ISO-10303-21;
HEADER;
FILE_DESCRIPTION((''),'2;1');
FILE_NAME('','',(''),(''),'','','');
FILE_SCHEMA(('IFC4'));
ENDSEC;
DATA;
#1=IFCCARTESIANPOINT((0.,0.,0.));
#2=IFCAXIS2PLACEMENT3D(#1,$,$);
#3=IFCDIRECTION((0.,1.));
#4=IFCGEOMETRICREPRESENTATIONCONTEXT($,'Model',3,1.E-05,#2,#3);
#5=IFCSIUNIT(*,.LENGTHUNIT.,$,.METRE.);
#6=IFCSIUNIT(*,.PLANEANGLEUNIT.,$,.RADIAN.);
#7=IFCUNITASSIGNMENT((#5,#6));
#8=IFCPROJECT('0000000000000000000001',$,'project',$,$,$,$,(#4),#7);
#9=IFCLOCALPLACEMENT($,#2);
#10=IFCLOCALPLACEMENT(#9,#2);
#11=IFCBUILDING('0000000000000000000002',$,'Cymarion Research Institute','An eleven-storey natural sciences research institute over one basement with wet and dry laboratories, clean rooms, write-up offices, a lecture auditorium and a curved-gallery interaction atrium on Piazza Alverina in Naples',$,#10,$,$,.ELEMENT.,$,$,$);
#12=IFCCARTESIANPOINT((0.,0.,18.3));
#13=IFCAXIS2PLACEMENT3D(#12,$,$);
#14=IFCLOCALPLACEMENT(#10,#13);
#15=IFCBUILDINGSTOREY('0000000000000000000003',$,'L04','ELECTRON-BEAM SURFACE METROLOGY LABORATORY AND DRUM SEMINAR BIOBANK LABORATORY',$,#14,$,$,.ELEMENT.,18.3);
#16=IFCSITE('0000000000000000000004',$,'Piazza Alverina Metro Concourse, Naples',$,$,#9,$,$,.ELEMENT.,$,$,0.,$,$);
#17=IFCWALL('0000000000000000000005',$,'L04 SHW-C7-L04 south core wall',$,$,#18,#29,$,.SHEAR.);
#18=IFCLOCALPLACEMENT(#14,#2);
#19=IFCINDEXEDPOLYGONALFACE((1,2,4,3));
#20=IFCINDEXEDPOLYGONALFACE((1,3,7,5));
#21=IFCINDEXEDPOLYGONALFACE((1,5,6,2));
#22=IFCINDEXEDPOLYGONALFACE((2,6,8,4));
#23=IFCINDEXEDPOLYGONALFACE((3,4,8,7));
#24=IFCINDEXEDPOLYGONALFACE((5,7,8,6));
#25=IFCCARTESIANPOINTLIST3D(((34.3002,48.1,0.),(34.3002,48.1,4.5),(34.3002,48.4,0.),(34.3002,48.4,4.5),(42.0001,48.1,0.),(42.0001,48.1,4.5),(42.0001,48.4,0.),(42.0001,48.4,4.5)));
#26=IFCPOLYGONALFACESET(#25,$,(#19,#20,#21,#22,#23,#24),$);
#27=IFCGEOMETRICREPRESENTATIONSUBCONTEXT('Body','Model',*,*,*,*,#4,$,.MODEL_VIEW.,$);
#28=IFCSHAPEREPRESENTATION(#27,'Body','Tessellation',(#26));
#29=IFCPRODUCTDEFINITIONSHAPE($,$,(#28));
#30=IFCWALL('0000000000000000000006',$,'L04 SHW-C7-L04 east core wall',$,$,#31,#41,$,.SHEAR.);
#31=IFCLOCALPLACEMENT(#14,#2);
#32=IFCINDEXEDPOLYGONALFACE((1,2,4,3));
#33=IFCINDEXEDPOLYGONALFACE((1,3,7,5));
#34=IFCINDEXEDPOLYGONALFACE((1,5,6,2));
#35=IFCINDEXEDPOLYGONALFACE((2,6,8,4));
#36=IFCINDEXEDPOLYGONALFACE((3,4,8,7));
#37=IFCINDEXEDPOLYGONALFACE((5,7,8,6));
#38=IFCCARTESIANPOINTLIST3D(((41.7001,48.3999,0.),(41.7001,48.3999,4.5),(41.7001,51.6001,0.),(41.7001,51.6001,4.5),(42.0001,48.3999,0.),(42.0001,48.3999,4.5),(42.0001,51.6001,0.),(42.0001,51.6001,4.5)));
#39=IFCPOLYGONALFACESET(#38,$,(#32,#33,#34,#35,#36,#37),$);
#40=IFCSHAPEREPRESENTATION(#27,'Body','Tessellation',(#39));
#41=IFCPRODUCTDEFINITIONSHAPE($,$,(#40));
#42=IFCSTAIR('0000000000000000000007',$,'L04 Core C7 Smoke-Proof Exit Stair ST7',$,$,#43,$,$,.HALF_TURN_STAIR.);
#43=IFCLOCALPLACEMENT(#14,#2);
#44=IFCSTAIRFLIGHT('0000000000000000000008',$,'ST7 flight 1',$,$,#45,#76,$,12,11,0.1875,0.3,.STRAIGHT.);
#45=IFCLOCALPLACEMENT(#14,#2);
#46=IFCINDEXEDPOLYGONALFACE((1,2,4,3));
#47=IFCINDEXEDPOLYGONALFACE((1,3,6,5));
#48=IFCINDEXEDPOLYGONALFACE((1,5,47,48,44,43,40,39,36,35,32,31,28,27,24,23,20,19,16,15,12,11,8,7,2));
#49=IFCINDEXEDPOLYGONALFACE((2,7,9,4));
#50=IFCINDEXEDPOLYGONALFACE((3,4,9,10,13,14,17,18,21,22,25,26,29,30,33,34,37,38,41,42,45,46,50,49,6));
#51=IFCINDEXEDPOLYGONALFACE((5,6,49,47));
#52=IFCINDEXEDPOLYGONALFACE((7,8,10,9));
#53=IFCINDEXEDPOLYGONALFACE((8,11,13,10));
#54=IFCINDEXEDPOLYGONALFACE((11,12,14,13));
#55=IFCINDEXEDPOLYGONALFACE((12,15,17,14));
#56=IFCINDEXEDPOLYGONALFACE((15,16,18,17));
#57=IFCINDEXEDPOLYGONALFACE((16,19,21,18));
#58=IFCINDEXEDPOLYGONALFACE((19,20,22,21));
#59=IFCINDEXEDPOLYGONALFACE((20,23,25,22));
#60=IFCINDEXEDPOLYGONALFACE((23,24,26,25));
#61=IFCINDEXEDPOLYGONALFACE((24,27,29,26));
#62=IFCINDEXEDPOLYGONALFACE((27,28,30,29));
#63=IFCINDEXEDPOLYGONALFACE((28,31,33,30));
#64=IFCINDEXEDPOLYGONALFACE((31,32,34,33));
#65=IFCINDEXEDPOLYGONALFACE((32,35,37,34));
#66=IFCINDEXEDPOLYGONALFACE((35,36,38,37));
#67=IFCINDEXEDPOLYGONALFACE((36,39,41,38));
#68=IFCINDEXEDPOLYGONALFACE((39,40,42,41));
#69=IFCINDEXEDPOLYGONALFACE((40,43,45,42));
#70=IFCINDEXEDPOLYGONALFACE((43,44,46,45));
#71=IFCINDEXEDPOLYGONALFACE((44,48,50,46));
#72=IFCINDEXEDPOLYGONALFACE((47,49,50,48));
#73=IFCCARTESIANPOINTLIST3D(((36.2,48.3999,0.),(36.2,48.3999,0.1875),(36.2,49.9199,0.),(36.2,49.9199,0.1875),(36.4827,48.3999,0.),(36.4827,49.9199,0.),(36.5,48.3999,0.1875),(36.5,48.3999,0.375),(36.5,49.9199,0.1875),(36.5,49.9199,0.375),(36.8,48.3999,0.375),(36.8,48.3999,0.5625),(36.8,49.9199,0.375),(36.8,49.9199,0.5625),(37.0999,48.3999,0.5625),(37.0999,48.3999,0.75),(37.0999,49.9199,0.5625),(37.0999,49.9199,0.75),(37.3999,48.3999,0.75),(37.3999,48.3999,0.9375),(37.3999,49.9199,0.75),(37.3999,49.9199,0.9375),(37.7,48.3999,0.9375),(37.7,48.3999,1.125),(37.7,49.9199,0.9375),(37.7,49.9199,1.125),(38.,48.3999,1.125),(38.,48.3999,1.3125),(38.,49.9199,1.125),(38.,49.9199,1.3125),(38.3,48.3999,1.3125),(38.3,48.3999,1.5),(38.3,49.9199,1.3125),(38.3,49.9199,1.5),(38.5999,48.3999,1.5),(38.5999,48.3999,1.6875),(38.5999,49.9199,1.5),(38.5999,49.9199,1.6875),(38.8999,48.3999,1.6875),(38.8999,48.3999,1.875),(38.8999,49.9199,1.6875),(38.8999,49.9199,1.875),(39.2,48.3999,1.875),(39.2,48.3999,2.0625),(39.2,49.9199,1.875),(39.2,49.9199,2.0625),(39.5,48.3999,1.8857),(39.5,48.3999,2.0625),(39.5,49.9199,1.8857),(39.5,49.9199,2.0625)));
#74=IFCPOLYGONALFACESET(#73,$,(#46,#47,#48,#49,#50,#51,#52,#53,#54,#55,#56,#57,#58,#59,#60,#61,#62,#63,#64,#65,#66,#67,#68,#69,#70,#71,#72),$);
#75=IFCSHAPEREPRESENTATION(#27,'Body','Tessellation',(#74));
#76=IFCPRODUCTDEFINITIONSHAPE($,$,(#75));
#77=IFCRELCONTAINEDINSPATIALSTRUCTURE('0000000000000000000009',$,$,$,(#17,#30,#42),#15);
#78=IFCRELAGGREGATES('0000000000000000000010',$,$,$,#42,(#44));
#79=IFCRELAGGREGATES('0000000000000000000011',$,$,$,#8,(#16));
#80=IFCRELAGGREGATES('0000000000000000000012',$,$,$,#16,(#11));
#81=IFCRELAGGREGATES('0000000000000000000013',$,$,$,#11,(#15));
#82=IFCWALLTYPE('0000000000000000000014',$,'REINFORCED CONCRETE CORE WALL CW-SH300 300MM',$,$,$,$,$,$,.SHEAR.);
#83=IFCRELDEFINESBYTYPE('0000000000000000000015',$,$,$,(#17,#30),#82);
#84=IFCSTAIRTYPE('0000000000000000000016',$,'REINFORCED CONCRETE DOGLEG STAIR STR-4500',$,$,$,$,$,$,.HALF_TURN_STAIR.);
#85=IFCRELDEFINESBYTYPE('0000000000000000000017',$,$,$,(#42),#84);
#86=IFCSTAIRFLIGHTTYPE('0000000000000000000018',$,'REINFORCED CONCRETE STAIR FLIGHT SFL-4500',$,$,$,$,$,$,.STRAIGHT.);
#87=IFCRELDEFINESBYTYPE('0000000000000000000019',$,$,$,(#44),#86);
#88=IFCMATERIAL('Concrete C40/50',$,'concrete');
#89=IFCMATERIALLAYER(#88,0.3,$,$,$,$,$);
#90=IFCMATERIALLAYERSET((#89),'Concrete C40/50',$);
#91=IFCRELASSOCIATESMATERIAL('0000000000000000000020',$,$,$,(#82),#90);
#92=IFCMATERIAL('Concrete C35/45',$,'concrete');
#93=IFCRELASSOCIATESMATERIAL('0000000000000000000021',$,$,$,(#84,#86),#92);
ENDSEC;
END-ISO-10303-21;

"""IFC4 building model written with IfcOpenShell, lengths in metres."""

from ifc_helpers import new_model, si_unit, direction, frame, frame_2d, origin, place, context, subcontext, project, spatial, polyline, rectangle, outline, extrude, material, layer, layer_set, type_object, element, aggregate, save


model = new_model("IFC4")

# Units and contexts
model_context = context("Model", 3, precision=1e-05, world=origin(), true_north=direction((0.0, 1.0)))
body_context = subcontext(model_context, "Body", "Model", "MODEL_VIEW")
ifc_project = project(units=[si_unit("LENGTHUNIT", "METRE"), si_unit("PLANEANGLEUNIT", "RADIAN")], contexts=[model_context])

# Site, building, storey
site_placement = place(None, origin())
site = spatial("IfcSite", under=ifc_project, at=site_placement, Name="Piazza Alverina Metro Concourse, Naples", CompositionType="ELEMENT", RefElevation=0.0)
building_placement = place(site_placement, origin())
building = spatial("IfcBuilding", under=site, at=building_placement, Name="Cymarion Research Institute", Description="An eleven-storey natural sciences research institute over one basement with wet and dry laboratories, clean rooms, write-up offices, a lecture auditorium and a curved-gallery interaction atrium on Piazza Alverina in Naples", CompositionType="ELEMENT")
storey_placement = place(building_placement, frame((0.0, 0.0, 18.3)))
storey = spatial("IfcBuildingStorey", under=building, at=storey_placement, Name="L04", Description="ELECTRON-BEAM SURFACE METROLOGY LABORATORY AND DRUM SEMINAR BIOBANK LABORATORY", CompositionType="ELEMENT", Elevation=18.3)

# Shared definitions
ifc_material_1 = material(Name="Concrete C40/50", Category="concrete")

# Walls
ifc_layer_1 = layer(ifc_material_1, 0.3)
ifc_layer_set_1 = layer_set([ifc_layer_1], Name="Concrete C40/50")
wall_type_1 = type_object("IfcWallType", Name="REINFORCED CONCRETE CORE WALL CW-SH300 300MM", PredefinedType="SHEAR", material=ifc_layer_set_1)
wall_1_placement = place(storey_placement, frame((34.3, 48.25, 0.0), z_axis=(0.0, 0.0, 1.0), x_axis=(1.0, 0.0, 0.0)))
element("IfcWall", 1, at=wall_1_placement, inside=storey, type_object=wall_type_1, Name="L04 SHW-C7-L04 south core wall", PredefinedType="SHEAR", context=body_context, shape_type="SweptSolid", body=[
    extrude(rectangle(XDim=7.7, YDim=0.3, at=frame_2d((3.8501, 0.0))), origin(), (0.0, 0.0, 1.0), 4.5),
])
wall_2_placement = place(storey_placement, frame((41.8501, 48.3999, 0.0), z_axis=(0.0, 0.0, 1.0), x_axis=(0.0, 1.0, 0.0)))
element("IfcWall", 2, at=wall_2_placement, inside=storey, type_object=wall_type_1, Name="L04 SHW-C7-L04 east core wall", PredefinedType="SHEAR", context=body_context, shape_type="SweptSolid", body=[
    extrude(rectangle(XDim=3.2002, YDim=0.3, at=frame_2d((1.6001, 0.0))), origin(), (0.0, 0.0, 1.0), 4.5),
])

# Stair, stair flight
ifc_material_2 = material(Name="Concrete C35/45", Category="concrete")
stair_type = type_object("IfcStairType", Name="REINFORCED CONCRETE DOGLEG STAIR STR-4500", PredefinedType="HALF_TURN_STAIR", material=ifc_material_2)
stair_placement = place(storey_placement, origin())
stair = element("IfcStair", 3, at=stair_placement, inside=storey, type_object=stair_type, Name="L04 Core C7 Smoke-Proof Exit Stair ST7", PredefinedType="HALF_TURN_STAIR")
stair_flight_type = type_object("IfcStairFlightType", Name="REINFORCED CONCRETE STAIR FLIGHT SFL-4500", PredefinedType="STRAIGHT", material=ifc_material_2)
stair_flight_placement = place(storey_placement, frame((36.2, 49.1599, 0.0), z_axis=(0.0, 0.0, 1.0), x_axis=(1.0, 0.0, 0.0)))
stair_flight = element("IfcStairFlight", 4, at=stair_flight_placement, type_object=stair_flight_type, Name="ST7 flight 1", NumberOfRisers=12, NumberOfTreads=11, PredefinedType="STRAIGHT", RiserHeight=0.1875, TreadLength=0.3, context=body_context, shape_type="SweptSolid", body=[
    extrude(outline(polyline([(0.0, 0.0), (0.0, 0.1875), (0.3, 0.1875), (0.3, 0.375), (0.6001, 0.375), (0.6001, 0.5625), (0.8999, 0.5625), (0.8999, 0.75), (1.2, 0.75), (1.2, 0.9375), (1.5, 0.9375), (1.5, 1.125), (1.8, 1.125), (1.8, 1.3125), (2.1001, 1.3125), (2.1001, 1.5), (2.3999, 1.5), (2.3999, 1.6875), (2.7, 1.6875), (2.7, 1.875), (3.0, 1.875), (3.0, 2.0625), (3.3, 2.0625), (3.3, 2.25), (3.3, 1.8857), (0.2827, 0.0), (0.0, 0.0)])), frame((0.0, 0.76, 0.0), z_axis=(0.0, -1.0, 0.0), x_axis=(1.0, 0.0, 0.0)), (0.0, 0.0, 1.0), 1.52),
])
aggregate(stair, [stair_flight])

save(model, "model.ifc")
